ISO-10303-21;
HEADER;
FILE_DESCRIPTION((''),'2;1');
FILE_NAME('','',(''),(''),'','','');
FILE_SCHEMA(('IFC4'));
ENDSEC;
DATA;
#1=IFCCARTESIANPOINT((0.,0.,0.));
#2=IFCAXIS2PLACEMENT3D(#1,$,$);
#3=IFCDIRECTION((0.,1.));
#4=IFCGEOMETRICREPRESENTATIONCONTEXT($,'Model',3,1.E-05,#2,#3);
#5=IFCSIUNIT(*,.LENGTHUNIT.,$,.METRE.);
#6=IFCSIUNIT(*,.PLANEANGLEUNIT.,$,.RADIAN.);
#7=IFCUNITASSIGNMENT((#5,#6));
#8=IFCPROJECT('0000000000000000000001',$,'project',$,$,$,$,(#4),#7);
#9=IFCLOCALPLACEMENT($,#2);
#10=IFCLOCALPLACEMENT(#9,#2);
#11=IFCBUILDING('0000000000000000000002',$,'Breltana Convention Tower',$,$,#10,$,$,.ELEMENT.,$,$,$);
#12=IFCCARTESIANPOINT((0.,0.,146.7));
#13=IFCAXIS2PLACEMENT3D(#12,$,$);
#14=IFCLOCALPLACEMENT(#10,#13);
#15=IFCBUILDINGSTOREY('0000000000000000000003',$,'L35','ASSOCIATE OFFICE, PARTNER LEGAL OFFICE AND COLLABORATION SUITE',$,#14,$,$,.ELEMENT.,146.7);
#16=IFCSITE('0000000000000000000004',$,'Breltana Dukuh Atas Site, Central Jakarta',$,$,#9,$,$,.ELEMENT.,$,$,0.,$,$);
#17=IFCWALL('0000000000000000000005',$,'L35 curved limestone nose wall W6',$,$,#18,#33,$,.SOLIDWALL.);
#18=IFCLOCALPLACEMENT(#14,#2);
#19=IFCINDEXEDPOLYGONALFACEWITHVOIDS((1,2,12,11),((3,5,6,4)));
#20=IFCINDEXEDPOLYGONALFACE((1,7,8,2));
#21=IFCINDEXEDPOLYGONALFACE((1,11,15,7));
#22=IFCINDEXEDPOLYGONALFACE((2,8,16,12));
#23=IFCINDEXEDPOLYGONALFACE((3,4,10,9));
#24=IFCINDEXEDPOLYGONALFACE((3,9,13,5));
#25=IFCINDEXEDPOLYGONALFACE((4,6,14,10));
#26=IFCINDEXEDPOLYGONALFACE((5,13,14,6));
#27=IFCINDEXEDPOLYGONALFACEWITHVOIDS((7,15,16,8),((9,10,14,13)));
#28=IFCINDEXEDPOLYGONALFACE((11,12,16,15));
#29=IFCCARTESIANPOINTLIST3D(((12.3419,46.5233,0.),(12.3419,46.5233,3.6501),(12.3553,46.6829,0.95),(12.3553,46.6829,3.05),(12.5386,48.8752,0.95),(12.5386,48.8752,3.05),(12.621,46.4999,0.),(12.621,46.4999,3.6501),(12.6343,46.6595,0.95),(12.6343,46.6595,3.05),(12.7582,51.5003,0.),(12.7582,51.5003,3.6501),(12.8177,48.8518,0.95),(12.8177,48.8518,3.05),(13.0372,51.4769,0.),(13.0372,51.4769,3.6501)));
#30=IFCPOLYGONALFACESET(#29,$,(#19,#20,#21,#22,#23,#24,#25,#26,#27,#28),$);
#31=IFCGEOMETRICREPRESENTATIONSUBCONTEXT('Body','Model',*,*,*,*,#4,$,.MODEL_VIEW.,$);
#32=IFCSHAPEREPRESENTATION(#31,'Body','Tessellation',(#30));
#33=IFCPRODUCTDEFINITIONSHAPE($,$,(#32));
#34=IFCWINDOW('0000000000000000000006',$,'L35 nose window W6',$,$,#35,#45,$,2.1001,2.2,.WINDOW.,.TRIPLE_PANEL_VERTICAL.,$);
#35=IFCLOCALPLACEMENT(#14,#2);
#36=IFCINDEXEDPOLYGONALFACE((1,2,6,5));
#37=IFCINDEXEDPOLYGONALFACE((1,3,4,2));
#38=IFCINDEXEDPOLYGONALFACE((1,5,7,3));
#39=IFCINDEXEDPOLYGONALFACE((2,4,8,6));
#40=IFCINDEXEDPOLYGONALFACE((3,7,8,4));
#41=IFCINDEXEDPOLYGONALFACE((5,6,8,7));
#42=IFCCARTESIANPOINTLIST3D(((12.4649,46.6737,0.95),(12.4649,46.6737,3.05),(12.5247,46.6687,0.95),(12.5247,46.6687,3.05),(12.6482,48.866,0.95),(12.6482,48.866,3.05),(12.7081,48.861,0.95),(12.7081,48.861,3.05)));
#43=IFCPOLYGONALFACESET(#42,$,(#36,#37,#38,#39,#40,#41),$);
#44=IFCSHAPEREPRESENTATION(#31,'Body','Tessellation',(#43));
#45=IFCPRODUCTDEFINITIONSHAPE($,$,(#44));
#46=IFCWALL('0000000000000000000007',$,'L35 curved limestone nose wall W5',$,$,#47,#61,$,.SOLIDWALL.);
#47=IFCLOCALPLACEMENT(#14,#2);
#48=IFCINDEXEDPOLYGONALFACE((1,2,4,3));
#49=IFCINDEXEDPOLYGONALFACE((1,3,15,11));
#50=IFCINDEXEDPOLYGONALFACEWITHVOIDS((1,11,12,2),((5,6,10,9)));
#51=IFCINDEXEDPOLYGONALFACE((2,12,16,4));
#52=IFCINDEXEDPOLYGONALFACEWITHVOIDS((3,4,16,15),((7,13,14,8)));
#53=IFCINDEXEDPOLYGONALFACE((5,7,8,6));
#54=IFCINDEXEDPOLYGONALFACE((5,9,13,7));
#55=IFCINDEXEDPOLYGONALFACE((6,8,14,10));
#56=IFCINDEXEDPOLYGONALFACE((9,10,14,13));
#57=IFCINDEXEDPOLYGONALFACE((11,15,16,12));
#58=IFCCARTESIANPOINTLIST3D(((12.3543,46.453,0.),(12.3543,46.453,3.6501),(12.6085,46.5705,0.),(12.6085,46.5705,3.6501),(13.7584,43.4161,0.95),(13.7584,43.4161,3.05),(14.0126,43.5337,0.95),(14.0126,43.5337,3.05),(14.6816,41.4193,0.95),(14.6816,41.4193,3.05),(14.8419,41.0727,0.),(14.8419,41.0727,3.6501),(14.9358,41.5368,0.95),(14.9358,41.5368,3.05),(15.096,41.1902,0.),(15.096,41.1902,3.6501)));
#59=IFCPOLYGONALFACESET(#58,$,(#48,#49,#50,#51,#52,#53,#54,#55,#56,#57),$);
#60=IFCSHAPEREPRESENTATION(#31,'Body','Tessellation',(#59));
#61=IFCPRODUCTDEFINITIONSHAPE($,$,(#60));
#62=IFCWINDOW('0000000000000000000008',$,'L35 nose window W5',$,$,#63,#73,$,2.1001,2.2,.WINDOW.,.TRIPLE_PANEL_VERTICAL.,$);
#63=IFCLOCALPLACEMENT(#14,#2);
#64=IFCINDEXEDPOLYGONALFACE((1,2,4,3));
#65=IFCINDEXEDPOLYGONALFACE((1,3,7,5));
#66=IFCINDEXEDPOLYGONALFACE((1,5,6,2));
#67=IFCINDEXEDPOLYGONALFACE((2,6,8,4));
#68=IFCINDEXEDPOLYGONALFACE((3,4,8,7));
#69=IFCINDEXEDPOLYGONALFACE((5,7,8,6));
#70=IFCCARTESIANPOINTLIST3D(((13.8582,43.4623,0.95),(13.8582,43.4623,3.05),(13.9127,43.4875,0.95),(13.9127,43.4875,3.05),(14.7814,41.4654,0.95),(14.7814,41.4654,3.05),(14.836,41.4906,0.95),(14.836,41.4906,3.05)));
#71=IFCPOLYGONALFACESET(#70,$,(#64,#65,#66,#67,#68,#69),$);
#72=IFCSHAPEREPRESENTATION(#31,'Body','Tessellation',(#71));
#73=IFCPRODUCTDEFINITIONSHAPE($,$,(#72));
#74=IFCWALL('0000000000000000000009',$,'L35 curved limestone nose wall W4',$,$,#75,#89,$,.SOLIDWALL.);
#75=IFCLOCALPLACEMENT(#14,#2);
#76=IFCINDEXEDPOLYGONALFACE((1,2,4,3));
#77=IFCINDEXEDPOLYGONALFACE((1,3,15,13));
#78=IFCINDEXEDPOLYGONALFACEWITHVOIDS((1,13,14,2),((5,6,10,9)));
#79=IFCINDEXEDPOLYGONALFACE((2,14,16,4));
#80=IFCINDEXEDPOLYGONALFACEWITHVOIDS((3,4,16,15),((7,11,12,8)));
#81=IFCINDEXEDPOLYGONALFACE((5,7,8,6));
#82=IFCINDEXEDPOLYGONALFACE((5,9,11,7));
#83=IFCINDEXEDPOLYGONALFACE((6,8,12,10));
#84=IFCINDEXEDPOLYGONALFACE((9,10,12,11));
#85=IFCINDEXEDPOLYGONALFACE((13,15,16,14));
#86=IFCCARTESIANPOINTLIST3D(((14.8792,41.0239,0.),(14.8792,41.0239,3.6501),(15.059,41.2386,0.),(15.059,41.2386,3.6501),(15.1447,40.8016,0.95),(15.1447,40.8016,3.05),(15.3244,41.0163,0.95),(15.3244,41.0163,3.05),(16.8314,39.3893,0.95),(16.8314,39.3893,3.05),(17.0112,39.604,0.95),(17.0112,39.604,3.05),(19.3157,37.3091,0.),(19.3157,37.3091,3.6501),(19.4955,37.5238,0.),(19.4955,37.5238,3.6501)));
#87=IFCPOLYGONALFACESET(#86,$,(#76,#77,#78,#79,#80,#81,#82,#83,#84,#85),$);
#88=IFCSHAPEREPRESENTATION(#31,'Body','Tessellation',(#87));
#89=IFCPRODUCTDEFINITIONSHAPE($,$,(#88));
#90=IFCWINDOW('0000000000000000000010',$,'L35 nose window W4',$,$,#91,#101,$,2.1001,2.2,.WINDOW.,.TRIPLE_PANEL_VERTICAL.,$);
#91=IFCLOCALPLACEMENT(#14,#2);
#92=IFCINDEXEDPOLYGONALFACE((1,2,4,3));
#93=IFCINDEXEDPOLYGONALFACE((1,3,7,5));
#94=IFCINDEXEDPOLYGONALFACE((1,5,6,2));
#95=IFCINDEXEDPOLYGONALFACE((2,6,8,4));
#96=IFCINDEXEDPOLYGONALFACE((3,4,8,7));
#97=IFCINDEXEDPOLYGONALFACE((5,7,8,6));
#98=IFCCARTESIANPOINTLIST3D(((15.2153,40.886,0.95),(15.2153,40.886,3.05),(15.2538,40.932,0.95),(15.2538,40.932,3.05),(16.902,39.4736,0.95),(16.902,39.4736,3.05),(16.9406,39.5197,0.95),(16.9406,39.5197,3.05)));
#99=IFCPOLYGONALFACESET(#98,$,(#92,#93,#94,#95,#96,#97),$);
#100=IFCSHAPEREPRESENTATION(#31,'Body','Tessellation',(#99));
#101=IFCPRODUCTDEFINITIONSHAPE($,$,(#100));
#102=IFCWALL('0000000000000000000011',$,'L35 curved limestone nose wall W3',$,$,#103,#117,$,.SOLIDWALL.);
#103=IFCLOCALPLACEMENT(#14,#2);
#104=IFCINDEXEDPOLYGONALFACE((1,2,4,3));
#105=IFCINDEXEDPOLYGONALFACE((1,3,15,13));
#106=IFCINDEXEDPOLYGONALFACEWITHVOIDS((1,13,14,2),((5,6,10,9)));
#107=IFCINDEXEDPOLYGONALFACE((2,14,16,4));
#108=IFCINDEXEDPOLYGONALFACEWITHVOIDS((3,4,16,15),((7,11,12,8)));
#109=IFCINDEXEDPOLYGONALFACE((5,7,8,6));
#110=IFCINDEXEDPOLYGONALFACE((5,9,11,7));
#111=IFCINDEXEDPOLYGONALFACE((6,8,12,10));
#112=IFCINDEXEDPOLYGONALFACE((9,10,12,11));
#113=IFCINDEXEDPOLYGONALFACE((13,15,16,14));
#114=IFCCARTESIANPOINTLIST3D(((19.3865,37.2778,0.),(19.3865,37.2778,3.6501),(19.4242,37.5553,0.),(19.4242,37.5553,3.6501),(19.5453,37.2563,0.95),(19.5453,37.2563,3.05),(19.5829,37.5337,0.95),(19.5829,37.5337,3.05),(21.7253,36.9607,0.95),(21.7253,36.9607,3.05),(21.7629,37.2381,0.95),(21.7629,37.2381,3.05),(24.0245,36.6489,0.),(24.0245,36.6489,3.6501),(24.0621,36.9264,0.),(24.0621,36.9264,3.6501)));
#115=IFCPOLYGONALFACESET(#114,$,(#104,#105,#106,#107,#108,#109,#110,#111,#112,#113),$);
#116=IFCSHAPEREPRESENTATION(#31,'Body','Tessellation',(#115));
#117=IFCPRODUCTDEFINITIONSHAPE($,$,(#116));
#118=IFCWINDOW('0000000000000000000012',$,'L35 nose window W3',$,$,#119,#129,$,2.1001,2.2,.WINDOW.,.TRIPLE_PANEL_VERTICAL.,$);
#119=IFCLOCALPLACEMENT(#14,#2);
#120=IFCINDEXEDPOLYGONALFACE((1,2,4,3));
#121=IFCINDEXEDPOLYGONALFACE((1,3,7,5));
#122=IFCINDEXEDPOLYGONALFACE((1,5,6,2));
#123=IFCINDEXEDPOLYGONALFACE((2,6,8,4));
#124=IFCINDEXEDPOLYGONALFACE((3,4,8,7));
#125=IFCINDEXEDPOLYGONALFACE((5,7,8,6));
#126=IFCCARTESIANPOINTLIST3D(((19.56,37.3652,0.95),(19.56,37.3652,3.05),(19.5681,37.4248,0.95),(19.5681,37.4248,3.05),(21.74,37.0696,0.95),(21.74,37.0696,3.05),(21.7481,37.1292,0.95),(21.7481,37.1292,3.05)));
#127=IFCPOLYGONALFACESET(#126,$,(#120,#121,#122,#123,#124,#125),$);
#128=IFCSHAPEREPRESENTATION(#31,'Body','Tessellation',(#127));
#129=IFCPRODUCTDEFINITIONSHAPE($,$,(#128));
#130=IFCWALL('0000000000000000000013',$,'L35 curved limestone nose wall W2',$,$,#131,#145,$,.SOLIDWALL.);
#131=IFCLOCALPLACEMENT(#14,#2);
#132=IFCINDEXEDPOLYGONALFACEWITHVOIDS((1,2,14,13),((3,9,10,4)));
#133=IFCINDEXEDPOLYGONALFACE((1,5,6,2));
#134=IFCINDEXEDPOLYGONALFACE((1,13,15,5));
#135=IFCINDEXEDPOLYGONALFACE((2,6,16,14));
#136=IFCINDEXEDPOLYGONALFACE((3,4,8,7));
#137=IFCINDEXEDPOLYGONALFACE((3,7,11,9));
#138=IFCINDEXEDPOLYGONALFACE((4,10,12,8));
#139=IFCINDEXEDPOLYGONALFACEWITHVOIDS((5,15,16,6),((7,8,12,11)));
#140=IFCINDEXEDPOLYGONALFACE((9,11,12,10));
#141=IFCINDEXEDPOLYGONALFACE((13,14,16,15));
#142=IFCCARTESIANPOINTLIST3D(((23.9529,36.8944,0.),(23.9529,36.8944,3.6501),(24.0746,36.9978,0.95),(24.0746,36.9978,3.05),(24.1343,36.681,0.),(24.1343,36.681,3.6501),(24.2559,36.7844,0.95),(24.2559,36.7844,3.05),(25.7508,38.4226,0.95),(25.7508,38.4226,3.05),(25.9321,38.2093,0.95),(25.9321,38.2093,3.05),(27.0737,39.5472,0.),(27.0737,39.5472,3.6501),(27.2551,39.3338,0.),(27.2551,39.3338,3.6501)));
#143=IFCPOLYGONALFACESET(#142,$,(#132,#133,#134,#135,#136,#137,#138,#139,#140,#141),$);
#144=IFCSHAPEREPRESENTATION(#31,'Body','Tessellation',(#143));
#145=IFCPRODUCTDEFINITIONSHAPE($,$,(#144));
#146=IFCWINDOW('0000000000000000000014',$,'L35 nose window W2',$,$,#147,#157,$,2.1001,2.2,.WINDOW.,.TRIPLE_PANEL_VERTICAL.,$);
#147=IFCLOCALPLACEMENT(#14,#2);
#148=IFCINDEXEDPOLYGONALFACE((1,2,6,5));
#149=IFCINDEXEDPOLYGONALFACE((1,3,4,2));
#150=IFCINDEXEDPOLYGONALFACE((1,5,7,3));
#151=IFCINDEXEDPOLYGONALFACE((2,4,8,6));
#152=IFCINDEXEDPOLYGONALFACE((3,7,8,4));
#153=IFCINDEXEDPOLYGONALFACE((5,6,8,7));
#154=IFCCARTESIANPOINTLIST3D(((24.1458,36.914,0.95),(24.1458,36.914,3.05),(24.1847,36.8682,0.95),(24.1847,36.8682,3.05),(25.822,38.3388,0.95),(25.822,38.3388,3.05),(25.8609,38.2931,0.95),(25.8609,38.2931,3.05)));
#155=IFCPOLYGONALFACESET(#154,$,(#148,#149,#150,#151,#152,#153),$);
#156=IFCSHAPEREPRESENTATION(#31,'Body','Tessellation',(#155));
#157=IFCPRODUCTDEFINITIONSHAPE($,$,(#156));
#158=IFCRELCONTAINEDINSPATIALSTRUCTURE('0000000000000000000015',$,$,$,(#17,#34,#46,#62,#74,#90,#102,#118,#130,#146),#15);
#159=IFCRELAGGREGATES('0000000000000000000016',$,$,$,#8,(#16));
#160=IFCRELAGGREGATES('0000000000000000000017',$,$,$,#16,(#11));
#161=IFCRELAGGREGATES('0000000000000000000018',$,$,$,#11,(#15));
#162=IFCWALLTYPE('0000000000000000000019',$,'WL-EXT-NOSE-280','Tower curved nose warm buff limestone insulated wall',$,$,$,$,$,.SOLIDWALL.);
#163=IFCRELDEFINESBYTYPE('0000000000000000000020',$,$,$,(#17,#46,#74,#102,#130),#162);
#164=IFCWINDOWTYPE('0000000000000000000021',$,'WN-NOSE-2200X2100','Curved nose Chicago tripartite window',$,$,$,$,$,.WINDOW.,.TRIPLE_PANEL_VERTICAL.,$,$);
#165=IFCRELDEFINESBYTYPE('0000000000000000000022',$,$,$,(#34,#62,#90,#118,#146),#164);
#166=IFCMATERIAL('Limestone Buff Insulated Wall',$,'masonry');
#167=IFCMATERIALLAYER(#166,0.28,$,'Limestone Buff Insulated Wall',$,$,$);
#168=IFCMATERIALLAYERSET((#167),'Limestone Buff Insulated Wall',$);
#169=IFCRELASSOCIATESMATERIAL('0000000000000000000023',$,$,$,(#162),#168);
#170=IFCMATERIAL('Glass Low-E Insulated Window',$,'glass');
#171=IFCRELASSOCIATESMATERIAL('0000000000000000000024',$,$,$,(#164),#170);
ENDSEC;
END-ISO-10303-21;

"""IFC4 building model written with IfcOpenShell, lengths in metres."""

from ifc_helpers import new_model, si_unit, direction, frame, frame_2d, origin, place, context, subcontext, project, spatial, rectangle, extrude, source, transform, mapped, material, layer, layer_set, type_object, type_shapes, element, fill, save


model = new_model("IFC4")

# Units and contexts
model_context = context("Model", 3, precision=1e-05, world=origin(), true_north=direction((0.0, 1.0)))
body_context = subcontext(model_context, "Body", "Model", "MODEL_VIEW")
ifc_project = project(units=[si_unit("LENGTHUNIT", "METRE"), si_unit("PLANEANGLEUNIT", "RADIAN")], contexts=[model_context])

# Site, building, storey
site_placement = place(None, origin())
site = spatial("IfcSite", under=ifc_project, at=site_placement, Name="Breltana Dukuh Atas Site, Central Jakarta", CompositionType="ELEMENT", RefElevation=0.0)
building_placement = place(site_placement, origin())
building = spatial("IfcBuilding", under=site, at=building_placement, Name="Breltana Convention Tower", CompositionType="ELEMENT")
storey_placement = place(building_placement, frame((0.0, 0.0, 146.7)))
storey = spatial("IfcBuildingStorey", under=building, at=storey_placement, Name="L35", Description="ASSOCIATE OFFICE, PARTNER LEGAL OFFICE AND COLLABORATION SUITE", CompositionType="ELEMENT", Elevation=146.7)

# Walls, openings, windows
ifc_material_1 = material(Name="Limestone Buff Insulated Wall", Category="masonry")
ifc_layer_1 = layer(ifc_material_1, 0.28, Name="Limestone Buff Insulated Wall")
ifc_layer_set_1 = layer_set([ifc_layer_1], Name="Limestone Buff Insulated Wall")
wall_type_1 = type_object("IfcWallType", Name="WL-EXT-NOSE-280", Description="Tower curved nose warm buff limestone insulated wall", PredefinedType="SOLIDWALL", material=ifc_layer_set_1)
shared_shape_1 = source(origin(), body_context, "Body", "SweptSolid", [
    extrude(rectangle(XDim=4.9944, YDim=0.28, at=frame_2d((2.4971, 0.0))), origin(), (0.0, 0.0, 1.0), 3.6501),
])
wall_1_placement = place(storey_placement, frame((12.4814, 46.5117, 0.0), z_axis=(0.0, 0.0, 1.0), x_axis=(0.083345, 0.996521, 0.0)))
wall_1 = element("IfcWall", 1, at=wall_1_placement, inside=storey, type_object=wall_type_1, Name="L35 curved limestone nose wall W6", PredefinedType="SOLIDWALL", context=body_context, shape_type="MappedRepresentation", body=[
    mapped(shared_shape_1, transform((0.0, 0.0, 0.0), scale=1.0)),
])
opening_1_placement = place(wall_1_placement, frame((0.1599, 0.0, 0.95)))
opening_1 = element("IfcOpeningElement", 2, at=opening_1_placement, cuts=wall_1, PredefinedType="OPENING", context=body_context, shape_type="SweptSolid", body=[
    extrude(rectangle(XDim=2.2, YDim=2.1001, at=frame_2d((1.1001, 1.05))), frame((0.0, 0.1499, 0.0), z_axis=(0.0, -1.0, 0.0), x_axis=(1.0, 0.0, 0.0)), (0.0, 0.0, 1.0), 0.3),
])
ifc_material_2 = material(Name="Glass Low-E Insulated Window", Category="glass")
window_type_1 = type_object("IfcWindowType", Name="WN-NOSE-2200X2100", Description="Curved nose Chicago tripartite window", PartitioningType="TRIPLE_PANEL_VERTICAL", PredefinedType="WINDOW", material=ifc_material_2)
shared_shape_2 = source(origin(), body_context, "Body", "SweptSolid", [
    extrude(rectangle(XDim=2.2, YDim=2.1001, at=frame_2d((1.1001, 1.05))), frame((0.0, 0.03, 0.0), z_axis=(0.0, -1.0, 0.0), x_axis=(1.0, 0.0, 0.0)), (0.0, 0.0, 1.0), 0.0601),
])
type_shapes(window_type_1, [shared_shape_2])
window_1_placement = place(opening_1_placement, origin())
window_1 = element("IfcWindow", 3, at=window_1_placement, inside=storey, type_object=window_type_1, Name="L35 nose window W6", OverallHeight=2.1001, OverallWidth=2.2, PartitioningType="TRIPLE_PANEL_VERTICAL", PredefinedType="WINDOW", context=body_context, shape_type="MappedRepresentation", body=[
    mapped(shared_shape_2, transform((0.0, 0.0, 0.0), scale=1.0)),
])
fill(opening_1, window_1)
shared_shape_3 = source(origin(), body_context, "Body", "SweptSolid", [
    extrude(rectangle(XDim=5.9275, YDim=0.28, at=frame_2d((2.9639, 0.0))), origin(), (0.0, 0.0, 1.0), 3.6501),
])
wall_2_placement = place(storey_placement, frame((14.969, 41.1313, 0.0), z_axis=(0.0, 0.0, 1.0), x_axis=(-0.419656, 0.907683, 0.0)))
wall_2 = element("IfcWall", 4, at=wall_2_placement, inside=storey, type_object=wall_type_1, Name="L35 curved limestone nose wall W5", PredefinedType="SOLIDWALL", context=body_context, shape_type="MappedRepresentation", body=[
    mapped(shared_shape_3, transform((0.0, 0.0, 0.0), scale=1.0)),
])
opening_2_placement = place(wall_2_placement, frame((0.3818, 0.0, 0.95)))
opening_2 = element("IfcOpeningElement", 5, at=opening_2_placement, cuts=wall_2, PredefinedType="OPENING", context=body_context, shape_type="SweptSolid", body=[
    extrude(rectangle(XDim=2.2, YDim=2.1001, at=frame_2d((1.1001, 1.05))), frame((0.0, 0.1499, 0.0), z_axis=(0.0, -1.0, 0.0), x_axis=(1.0, 0.0, 0.0)), (0.0, 0.0, 1.0), 0.3),
])
window_2_placement = place(opening_2_placement, origin())
window_2 = element("IfcWindow", 6, at=window_2_placement, inside=storey, type_object=window_type_1, Name="L35 nose window W5", OverallHeight=2.1001, OverallWidth=2.2, PartitioningType="TRIPLE_PANEL_VERTICAL", PredefinedType="WINDOW", context=body_context, shape_type="MappedRepresentation", body=[
    mapped(shared_shape_2, transform((0.0, 0.0, 0.0), scale=1.0)),
])
fill(opening_2, window_2)
shared_shape_4 = source(origin(), body_context, "Body", "SweptSolid", [
    extrude(rectangle(XDim=5.7864, YDim=0.28, at=frame_2d((2.8931, 0.0))), origin(), (0.0, 0.0, 1.0), 3.6501),
])
wall_3_placement = place(storey_placement, frame((19.4055, 37.4165, 0.0), z_axis=(0.0, 0.0, 1.0), x_axis=(-0.766711, 0.641992, 0.0)))
wall_3 = element("IfcWall", 7, at=wall_3_placement, inside=storey, type_object=wall_type_1, Name="L35 curved limestone nose wall W4", PredefinedType="SOLIDWALL", context=body_context, shape_type="MappedRepresentation", body=[
    mapped(shared_shape_4, transform((0.0, 0.0, 0.0), scale=1.0)),
])
opening_3_placement = place(wall_3_placement, frame((3.24, 0.0, 0.95)))
opening_3 = element("IfcOpeningElement", 8, at=opening_3_placement, cuts=wall_3, PredefinedType="OPENING", context=body_context, shape_type="SweptSolid", body=[
    extrude(rectangle(XDim=2.2, YDim=2.1001, at=frame_2d((1.1001, 1.05))), frame((0.0, 0.1499, 0.0), z_axis=(0.0, -1.0, 0.0), x_axis=(1.0, 0.0, 0.0)), (0.0, 0.0, 1.0), 0.3),
])
window_3_placement = place(opening_3_placement, origin())
window_3 = element("IfcWindow", 9, at=window_3_placement, inside=storey, type_object=window_type_1, Name="L35 nose window W4", OverallHeight=2.1001, OverallWidth=2.2, PartitioningType="TRIPLE_PANEL_VERTICAL", PredefinedType="WINDOW", context=body_context, shape_type="MappedRepresentation", body=[
    mapped(shared_shape_2, transform((0.0, 0.0, 0.0), scale=1.0)),
])
fill(opening_3, window_3)
shared_shape_5 = source(origin(), body_context, "Body", "SweptSolid", [
    extrude(rectangle(XDim=4.6804, YDim=0.28, at=frame_2d((2.3403, 0.0))), origin(), (0.0, 0.0, 1.0), 3.6501),
])
wall_4_placement = place(storey_placement, frame((24.0435, 36.7876, 0.0), z_axis=(0.0, 0.0, 1.0), x_axis=(-0.990931, 0.134371, 0.0)))
wall_4 = element("IfcWall", 10, at=wall_4_placement, inside=storey, type_object=wall_type_1, Name="L35 curved limestone nose wall W3", PredefinedType="SOLIDWALL", context=body_context, shape_type="MappedRepresentation", body=[
    mapped(shared_shape_5, transform((0.0, 0.0, 0.0), scale=1.0)),
])
opening_4_placement = place(wall_4_placement, frame((2.3203, 0.0, 0.95)))
opening_4 = element("IfcOpeningElement", 11, at=opening_4_placement, cuts=wall_4, PredefinedType="OPENING", context=body_context, shape_type="SweptSolid", body=[
    extrude(rectangle(XDim=2.2, YDim=2.1001, at=frame_2d((1.1001, 1.05))), frame((0.0, 0.1499, 0.0), z_axis=(0.0, -1.0, 0.0), x_axis=(1.0, 0.0, 0.0)), (0.0, 0.0, 1.0), 0.3),
])
window_4_placement = place(opening_4_placement, origin())
window_4 = element("IfcWindow", 12, at=window_4_placement, inside=storey, type_object=window_type_1, Name="L35 nose window W3", OverallHeight=2.1001, OverallWidth=2.2, PartitioningType="TRIPLE_PANEL_VERTICAL", PredefinedType="WINDOW", context=body_context, shape_type="MappedRepresentation", body=[
    mapped(shared_shape_2, transform((0.0, 0.0, 0.0), scale=1.0)),
])
fill(opening_4, window_4)
shared_shape_6 = source(origin(), body_context, "Body", "SweptSolid", [
    extrude(rectangle(XDim=4.0959, YDim=0.28, at=frame_2d((2.0479, 0.0))), origin(), (0.0, 0.0, 1.0), 3.6501),
])
wall_5_placement = place(storey_placement, frame((27.1643, 39.4404, 0.0), z_axis=(0.0, 0.0, 1.0), x_axis=(-0.761926, -0.647664, 0.0)))
wall_5 = element("IfcWall", 13, at=wall_5_placement, inside=storey, type_object=wall_type_1, Name="L35 curved limestone nose wall W2", PredefinedType="SOLIDWALL", context=body_context, shape_type="MappedRepresentation", body=[
    mapped(shared_shape_6, transform((0.0, 0.0, 0.0), scale=1.0)),
])
opening_5_placement = place(wall_5_placement, frame((1.7361, 0.0, 0.95)))
opening_5 = element("IfcOpeningElement", 14, at=opening_5_placement, cuts=wall_5, PredefinedType="OPENING", context=body_context, shape_type="SweptSolid", body=[
    extrude(rectangle(XDim=2.2, YDim=2.1001, at=frame_2d((1.1001, 1.05))), frame((0.0, 0.1499, 0.0), z_axis=(0.0, -1.0, 0.0), x_axis=(1.0, 0.0, 0.0)), (0.0, 0.0, 1.0), 0.3),
])
window_5_placement = place(opening_5_placement, origin())
window_5 = element("IfcWindow", 15, at=window_5_placement, inside=storey, type_object=window_type_1, Name="L35 nose window W2", OverallHeight=2.1001, OverallWidth=2.2, PartitioningType="TRIPLE_PANEL_VERTICAL", PredefinedType="WINDOW", context=body_context, shape_type="MappedRepresentation", body=[
    mapped(shared_shape_2, transform((0.0, 0.0, 0.0), scale=1.0)),
])
fill(opening_5, window_5)

save(model, "model.ifc")
